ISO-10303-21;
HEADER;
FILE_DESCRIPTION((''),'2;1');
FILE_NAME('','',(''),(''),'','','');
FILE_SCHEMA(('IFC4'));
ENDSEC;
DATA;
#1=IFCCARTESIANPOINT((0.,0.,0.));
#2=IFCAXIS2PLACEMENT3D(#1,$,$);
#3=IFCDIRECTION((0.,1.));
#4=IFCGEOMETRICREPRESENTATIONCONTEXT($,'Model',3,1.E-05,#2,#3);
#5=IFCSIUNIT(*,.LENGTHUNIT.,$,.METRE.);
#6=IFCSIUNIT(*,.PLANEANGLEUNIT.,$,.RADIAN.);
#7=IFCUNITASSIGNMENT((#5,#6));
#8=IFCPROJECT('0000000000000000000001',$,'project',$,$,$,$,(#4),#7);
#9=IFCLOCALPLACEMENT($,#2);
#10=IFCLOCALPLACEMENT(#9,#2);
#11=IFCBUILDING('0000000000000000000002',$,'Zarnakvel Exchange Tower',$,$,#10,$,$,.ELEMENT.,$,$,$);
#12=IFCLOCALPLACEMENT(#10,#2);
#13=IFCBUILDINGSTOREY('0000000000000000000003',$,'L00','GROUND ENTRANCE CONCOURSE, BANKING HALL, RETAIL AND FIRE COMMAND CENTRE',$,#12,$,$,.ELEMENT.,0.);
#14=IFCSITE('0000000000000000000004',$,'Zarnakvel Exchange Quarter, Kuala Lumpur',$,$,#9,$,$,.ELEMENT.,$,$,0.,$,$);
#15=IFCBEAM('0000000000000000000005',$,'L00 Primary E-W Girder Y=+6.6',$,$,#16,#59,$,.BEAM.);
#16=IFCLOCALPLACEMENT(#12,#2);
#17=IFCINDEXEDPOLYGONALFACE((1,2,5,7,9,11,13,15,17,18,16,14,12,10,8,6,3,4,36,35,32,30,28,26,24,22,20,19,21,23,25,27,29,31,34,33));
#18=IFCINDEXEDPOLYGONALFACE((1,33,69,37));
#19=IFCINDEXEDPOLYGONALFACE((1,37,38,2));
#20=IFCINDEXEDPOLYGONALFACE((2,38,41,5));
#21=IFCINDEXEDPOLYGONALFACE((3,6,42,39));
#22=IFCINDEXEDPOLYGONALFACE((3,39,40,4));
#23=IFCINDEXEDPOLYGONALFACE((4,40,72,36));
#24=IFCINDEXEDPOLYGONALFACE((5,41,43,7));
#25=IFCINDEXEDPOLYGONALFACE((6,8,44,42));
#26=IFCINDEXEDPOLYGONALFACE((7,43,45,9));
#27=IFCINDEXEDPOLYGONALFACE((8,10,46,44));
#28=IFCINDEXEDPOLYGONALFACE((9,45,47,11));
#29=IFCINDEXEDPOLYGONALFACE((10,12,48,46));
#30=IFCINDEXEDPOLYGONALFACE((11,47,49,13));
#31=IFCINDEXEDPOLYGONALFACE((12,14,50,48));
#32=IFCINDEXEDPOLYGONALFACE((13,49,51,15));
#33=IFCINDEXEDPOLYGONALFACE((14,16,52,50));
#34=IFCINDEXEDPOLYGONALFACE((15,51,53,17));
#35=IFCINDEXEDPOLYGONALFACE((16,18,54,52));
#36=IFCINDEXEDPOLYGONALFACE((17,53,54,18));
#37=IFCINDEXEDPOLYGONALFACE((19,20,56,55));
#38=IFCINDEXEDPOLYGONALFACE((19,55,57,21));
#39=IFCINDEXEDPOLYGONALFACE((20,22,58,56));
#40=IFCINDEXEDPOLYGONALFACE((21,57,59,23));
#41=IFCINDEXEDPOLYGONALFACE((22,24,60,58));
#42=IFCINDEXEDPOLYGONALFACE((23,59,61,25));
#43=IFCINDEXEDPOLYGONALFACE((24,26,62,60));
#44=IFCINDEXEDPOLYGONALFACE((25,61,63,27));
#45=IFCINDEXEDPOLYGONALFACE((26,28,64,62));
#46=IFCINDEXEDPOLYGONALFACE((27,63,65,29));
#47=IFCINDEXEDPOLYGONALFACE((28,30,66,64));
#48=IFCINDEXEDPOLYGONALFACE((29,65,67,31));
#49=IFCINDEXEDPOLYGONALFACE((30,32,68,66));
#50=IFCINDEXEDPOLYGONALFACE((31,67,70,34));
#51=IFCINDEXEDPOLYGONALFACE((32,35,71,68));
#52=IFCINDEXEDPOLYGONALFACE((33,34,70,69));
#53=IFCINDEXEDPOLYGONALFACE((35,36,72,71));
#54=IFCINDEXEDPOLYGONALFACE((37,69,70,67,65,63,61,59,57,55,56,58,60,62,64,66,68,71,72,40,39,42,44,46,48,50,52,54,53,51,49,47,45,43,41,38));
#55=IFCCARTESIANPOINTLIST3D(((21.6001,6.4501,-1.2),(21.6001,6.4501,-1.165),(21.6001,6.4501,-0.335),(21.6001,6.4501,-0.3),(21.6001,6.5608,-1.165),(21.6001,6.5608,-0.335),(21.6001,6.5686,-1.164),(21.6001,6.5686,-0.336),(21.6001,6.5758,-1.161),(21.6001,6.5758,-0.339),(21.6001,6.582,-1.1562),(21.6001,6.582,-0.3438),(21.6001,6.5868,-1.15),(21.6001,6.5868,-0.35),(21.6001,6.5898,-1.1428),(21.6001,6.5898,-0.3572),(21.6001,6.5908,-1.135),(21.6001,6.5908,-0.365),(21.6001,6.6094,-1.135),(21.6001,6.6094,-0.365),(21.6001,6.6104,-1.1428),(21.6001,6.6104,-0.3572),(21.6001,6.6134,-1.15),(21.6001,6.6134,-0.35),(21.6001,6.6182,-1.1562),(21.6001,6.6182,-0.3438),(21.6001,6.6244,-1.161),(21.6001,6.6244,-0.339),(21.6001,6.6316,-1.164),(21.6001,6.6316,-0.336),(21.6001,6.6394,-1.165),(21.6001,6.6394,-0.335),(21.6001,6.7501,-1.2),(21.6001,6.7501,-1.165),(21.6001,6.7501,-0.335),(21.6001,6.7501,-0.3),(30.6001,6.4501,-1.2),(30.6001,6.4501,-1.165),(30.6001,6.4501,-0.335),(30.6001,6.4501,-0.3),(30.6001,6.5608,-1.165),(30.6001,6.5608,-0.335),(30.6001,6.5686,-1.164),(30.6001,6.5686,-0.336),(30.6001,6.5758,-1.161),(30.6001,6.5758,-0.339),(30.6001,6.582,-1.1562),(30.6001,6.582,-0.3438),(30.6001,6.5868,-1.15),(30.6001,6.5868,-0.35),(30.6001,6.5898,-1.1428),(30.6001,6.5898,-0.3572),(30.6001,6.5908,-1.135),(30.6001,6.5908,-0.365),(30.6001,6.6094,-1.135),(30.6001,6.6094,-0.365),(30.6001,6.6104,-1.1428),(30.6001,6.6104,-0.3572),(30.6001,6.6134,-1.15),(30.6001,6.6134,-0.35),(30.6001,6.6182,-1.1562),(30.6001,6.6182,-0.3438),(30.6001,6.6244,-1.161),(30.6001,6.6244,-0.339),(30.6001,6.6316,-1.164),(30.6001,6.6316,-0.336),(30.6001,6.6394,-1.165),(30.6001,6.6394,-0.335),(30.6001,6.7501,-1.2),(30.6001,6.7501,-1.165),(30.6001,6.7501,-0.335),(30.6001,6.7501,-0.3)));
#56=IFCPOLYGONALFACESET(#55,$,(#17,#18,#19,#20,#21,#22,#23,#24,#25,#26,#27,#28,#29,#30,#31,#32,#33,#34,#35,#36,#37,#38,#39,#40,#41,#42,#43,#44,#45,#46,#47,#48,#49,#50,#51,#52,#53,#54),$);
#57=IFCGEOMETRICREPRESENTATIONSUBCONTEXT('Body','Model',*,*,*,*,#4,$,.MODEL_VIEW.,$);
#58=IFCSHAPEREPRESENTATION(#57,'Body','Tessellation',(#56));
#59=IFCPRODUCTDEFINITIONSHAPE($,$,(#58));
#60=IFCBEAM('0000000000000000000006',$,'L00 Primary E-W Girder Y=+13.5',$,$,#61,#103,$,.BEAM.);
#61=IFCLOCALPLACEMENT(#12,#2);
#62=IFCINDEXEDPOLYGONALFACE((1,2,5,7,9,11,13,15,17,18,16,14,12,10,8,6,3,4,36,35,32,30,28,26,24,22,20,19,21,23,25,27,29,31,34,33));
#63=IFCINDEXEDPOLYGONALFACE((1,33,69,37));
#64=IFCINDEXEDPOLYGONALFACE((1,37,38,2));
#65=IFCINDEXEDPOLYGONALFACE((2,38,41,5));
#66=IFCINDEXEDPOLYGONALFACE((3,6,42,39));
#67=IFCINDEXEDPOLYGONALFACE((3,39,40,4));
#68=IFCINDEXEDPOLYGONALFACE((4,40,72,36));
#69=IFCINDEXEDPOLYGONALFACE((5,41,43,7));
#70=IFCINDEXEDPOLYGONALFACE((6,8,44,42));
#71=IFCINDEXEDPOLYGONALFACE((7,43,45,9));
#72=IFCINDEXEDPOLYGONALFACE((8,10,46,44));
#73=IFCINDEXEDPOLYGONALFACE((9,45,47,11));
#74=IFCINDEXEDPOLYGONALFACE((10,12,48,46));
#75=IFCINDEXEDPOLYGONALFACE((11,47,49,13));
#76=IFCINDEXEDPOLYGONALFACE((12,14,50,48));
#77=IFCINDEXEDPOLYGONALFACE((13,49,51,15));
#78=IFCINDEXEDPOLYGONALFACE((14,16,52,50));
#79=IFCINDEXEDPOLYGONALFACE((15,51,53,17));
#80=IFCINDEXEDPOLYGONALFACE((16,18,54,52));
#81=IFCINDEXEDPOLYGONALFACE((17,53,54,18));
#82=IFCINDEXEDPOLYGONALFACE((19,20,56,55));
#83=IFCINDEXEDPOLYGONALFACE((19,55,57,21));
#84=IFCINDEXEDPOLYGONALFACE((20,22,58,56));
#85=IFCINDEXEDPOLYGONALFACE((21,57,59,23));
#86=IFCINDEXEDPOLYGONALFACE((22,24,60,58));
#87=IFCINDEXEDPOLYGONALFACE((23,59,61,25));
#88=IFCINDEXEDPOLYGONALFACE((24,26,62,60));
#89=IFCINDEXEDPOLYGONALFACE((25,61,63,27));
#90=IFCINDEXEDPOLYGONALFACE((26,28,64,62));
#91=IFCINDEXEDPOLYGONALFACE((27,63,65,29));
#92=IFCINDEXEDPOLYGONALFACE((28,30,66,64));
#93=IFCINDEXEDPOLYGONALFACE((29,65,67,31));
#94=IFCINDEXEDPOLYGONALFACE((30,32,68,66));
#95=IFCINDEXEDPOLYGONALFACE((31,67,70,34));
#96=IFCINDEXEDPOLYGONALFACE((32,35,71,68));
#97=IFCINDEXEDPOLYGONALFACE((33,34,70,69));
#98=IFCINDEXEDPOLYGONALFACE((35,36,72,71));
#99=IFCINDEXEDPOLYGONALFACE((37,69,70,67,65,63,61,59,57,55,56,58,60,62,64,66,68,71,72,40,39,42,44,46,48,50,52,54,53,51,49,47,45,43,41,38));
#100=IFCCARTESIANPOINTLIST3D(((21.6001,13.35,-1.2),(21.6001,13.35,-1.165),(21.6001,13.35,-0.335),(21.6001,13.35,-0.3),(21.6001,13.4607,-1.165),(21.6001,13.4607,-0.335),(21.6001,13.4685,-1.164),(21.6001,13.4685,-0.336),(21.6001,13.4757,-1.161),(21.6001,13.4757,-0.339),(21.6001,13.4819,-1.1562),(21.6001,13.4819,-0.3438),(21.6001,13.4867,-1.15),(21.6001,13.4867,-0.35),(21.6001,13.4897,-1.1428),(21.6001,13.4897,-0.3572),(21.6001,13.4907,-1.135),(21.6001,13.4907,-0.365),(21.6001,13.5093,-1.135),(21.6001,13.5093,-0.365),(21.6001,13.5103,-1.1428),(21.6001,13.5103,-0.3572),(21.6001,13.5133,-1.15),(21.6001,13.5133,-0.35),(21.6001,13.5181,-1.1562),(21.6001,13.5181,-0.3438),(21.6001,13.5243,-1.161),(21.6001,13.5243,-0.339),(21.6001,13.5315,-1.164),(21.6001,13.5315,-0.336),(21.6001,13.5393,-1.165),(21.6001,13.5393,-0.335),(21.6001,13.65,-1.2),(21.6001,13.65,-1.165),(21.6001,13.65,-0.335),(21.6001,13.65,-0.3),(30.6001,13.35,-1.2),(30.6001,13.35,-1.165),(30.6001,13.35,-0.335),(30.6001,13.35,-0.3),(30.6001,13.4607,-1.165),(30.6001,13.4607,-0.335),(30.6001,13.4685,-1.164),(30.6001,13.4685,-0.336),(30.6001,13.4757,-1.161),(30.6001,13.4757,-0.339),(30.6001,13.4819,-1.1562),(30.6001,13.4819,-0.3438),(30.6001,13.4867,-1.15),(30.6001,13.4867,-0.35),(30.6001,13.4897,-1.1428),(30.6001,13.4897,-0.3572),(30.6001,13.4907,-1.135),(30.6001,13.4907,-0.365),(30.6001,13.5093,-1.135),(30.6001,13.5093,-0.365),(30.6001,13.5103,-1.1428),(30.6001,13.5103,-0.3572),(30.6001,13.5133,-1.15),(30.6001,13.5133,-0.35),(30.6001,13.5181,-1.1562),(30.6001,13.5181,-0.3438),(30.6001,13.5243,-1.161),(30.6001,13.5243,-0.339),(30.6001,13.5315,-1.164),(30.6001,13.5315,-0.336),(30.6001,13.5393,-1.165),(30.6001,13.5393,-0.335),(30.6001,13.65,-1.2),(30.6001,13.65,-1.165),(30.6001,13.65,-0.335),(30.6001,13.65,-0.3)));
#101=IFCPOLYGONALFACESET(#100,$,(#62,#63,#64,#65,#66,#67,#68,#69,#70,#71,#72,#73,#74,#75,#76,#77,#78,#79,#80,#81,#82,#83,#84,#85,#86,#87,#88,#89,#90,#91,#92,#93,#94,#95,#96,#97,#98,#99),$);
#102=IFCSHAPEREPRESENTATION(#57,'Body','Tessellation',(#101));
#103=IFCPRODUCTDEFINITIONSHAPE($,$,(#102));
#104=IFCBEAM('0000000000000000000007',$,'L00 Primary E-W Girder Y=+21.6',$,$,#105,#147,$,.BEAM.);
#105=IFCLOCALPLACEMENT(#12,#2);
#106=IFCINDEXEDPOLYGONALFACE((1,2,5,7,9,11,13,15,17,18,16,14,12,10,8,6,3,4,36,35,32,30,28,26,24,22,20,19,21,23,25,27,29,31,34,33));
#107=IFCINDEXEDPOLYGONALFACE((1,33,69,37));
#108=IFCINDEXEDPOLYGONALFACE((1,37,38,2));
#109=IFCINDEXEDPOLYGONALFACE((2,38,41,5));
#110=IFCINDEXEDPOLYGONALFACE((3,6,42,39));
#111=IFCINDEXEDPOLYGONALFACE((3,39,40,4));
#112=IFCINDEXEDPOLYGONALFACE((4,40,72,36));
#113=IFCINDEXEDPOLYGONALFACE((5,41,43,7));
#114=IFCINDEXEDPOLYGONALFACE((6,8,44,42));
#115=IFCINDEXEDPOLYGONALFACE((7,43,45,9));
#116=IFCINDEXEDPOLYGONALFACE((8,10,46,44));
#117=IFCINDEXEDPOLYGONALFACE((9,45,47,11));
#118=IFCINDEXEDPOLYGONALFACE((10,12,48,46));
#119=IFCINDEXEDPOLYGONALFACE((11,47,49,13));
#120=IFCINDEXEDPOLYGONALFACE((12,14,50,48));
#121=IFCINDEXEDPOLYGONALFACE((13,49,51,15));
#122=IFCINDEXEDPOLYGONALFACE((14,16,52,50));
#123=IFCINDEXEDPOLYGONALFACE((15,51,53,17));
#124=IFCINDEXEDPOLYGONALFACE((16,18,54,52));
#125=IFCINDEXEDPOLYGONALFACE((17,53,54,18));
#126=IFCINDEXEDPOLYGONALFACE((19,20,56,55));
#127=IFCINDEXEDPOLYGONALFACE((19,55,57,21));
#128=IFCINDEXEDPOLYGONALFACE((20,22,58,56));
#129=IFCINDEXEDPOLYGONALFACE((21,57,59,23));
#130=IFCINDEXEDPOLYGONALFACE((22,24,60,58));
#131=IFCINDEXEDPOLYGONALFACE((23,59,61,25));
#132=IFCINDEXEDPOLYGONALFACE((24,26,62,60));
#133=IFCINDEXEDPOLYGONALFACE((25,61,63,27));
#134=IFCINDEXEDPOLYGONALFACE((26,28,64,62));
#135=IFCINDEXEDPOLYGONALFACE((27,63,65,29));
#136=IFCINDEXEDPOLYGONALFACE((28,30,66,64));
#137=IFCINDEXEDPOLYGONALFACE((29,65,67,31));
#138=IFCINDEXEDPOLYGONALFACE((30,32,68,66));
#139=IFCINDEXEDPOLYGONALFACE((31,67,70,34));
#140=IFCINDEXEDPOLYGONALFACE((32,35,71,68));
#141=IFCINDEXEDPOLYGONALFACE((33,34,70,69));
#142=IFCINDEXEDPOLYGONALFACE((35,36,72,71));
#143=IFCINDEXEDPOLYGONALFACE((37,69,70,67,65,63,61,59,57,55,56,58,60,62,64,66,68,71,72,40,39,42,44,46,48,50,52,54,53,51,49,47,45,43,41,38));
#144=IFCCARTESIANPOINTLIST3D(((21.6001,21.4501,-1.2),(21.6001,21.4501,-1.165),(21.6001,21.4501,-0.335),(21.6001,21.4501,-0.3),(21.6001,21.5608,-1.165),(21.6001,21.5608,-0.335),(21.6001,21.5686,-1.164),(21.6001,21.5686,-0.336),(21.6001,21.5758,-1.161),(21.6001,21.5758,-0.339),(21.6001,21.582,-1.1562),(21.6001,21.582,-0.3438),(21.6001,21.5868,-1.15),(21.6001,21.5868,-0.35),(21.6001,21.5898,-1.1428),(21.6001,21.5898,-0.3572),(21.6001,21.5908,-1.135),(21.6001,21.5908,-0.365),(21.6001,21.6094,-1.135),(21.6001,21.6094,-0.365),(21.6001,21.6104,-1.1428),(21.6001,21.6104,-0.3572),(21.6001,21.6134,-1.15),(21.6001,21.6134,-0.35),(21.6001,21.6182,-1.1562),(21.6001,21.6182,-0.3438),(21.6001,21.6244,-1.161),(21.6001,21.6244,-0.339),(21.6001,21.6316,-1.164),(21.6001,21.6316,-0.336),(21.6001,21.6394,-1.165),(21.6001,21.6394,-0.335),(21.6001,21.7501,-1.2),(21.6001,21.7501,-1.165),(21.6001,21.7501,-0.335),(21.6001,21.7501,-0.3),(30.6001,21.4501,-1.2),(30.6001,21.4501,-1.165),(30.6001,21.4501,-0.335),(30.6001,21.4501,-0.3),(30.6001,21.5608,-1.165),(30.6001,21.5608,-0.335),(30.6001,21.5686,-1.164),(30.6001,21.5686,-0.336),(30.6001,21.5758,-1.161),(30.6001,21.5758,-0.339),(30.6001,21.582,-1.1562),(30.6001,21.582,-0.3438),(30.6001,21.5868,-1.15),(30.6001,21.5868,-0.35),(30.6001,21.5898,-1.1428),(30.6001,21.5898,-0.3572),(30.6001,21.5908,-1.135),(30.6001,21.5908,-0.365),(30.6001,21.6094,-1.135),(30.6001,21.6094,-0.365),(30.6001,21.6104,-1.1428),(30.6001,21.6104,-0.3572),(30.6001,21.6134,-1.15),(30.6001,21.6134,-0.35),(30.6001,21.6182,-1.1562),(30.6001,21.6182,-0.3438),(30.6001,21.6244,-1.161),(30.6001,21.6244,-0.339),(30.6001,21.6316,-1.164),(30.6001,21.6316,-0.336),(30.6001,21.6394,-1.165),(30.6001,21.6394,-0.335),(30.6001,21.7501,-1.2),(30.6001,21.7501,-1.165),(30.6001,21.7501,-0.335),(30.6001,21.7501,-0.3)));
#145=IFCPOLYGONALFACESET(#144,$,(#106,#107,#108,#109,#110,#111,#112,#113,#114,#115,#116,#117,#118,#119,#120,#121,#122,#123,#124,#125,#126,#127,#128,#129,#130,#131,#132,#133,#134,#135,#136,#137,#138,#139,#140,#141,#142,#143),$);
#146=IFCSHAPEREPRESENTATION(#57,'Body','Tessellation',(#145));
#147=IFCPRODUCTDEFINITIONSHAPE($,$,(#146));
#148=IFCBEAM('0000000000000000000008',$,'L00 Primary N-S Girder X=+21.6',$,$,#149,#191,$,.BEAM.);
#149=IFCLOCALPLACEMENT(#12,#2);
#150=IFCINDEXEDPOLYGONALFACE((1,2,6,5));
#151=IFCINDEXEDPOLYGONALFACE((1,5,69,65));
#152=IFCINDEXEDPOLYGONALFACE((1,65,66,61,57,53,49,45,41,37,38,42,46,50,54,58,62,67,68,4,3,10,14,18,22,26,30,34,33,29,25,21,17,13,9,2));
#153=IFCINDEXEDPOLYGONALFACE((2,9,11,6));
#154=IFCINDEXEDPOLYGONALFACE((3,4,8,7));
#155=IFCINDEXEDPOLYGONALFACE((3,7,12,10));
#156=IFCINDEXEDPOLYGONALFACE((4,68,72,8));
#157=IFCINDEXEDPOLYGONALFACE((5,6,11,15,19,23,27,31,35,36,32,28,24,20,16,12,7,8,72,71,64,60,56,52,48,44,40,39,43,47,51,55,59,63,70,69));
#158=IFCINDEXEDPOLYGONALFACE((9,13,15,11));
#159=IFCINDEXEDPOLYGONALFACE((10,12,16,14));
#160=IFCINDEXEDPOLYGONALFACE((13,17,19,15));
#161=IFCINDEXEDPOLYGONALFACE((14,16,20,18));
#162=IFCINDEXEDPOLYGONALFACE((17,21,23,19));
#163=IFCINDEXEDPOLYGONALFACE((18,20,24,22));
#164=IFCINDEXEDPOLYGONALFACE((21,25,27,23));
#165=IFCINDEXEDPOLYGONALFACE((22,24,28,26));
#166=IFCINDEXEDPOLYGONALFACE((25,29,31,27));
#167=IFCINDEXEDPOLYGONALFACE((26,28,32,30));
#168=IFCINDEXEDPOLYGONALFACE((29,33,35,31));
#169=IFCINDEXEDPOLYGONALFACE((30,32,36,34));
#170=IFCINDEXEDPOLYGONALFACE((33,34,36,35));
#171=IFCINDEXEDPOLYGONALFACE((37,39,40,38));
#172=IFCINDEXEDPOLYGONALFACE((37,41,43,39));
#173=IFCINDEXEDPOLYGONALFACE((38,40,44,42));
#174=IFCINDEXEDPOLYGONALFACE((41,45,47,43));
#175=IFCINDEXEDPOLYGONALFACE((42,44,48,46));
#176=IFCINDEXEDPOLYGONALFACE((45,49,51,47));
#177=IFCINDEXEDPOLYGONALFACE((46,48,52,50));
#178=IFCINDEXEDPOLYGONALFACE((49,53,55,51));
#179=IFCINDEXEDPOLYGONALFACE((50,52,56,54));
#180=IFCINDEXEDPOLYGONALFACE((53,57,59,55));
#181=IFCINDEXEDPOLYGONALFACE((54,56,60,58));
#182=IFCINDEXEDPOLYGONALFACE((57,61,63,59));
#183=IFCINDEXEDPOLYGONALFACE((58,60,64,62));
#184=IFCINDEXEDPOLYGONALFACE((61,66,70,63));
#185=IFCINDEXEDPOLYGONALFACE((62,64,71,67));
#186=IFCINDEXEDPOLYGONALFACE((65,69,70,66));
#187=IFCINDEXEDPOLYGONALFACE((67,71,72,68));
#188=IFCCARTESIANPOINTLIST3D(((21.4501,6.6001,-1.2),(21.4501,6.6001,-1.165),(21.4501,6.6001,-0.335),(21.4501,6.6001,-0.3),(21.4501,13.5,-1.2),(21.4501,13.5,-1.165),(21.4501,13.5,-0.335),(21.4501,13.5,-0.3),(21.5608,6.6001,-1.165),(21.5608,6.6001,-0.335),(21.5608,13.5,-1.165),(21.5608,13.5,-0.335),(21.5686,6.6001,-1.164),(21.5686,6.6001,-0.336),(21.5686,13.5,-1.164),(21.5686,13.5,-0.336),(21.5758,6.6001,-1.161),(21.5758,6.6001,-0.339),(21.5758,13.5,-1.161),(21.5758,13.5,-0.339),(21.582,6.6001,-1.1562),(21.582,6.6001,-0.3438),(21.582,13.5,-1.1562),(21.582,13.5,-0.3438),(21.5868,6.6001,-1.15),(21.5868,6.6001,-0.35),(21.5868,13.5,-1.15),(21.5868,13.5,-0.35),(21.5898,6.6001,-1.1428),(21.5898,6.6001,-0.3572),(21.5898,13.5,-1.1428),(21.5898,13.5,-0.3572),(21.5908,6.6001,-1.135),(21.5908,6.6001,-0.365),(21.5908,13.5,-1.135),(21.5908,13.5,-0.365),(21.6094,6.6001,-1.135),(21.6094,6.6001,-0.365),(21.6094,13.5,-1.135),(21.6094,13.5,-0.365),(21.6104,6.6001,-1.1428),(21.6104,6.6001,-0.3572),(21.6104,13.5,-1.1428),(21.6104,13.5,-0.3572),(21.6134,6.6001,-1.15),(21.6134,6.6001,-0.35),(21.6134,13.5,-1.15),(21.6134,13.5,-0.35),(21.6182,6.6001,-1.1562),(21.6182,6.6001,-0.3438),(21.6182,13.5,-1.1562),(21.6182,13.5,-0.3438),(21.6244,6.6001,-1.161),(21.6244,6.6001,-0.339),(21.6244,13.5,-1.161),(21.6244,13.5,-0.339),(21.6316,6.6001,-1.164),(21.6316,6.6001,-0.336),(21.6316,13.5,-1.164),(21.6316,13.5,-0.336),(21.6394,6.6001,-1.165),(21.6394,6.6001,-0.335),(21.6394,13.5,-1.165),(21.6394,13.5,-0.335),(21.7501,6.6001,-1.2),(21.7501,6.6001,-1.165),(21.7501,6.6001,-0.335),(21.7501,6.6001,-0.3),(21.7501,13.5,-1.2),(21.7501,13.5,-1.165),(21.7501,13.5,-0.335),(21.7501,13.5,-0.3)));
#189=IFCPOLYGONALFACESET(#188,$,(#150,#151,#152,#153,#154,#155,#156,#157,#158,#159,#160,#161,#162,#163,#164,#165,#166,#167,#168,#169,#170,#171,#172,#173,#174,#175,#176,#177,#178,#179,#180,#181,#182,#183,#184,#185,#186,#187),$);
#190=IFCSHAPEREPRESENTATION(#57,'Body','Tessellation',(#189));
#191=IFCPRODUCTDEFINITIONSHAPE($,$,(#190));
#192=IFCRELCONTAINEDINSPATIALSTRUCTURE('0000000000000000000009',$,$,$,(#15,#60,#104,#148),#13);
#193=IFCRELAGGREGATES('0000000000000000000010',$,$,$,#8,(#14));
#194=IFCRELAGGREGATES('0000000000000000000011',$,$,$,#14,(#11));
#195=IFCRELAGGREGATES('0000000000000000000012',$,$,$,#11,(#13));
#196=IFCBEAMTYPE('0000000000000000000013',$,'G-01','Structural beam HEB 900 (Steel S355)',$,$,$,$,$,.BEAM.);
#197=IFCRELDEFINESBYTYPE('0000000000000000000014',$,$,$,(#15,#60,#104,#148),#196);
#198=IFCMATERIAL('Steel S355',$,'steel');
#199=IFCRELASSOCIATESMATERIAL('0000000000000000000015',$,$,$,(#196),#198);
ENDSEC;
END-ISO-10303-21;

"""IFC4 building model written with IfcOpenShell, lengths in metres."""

from ifc_helpers import new_model, si_unit, direction, frame, origin, origin_2d, place, context, subcontext, project, spatial, i_section, extrude, material, material_profile, profile_set, type_object, element, save


model = new_model("IFC4")

# Units and contexts
model_context = context("Model", 3, precision=1e-05, world=origin(), true_north=direction((0.0, 1.0)))
body_context = subcontext(model_context, "Body", "Model", "MODEL_VIEW")
ifc_project = project(units=[si_unit("LENGTHUNIT", "METRE"), si_unit("PLANEANGLEUNIT", "RADIAN")], contexts=[model_context])

# Site, building, storey
site_placement = place(None, origin())
site = spatial("IfcSite", under=ifc_project, at=site_placement, Name="Zarnakvel Exchange Quarter, Kuala Lumpur", CompositionType="ELEMENT", RefElevation=0.0)
building_placement = place(site_placement, origin())
building = spatial("IfcBuilding", under=site, at=building_placement, Name="Zarnakvel Exchange Tower", CompositionType="ELEMENT")
storey_placement = place(building_placement, origin())
storey = spatial("IfcBuildingStorey", under=building, at=storey_placement, Name="L00", Description="GROUND ENTRANCE CONCOURSE, BANKING HALL, RETAIL AND FIRE COMMAND CENTRE", CompositionType="ELEMENT", Elevation=0.0)

# Beams
ifc_material_1 = material(Name="Steel S355", Category="steel")
ifc_material_profile_1 = material_profile(ifc_material_1, i_section(OverallWidth=0.3, OverallDepth=0.8999, WebThickness=0.0186, FlangeThickness=0.0349, FilletRadius=0.03, at=origin_2d()))
ifc_profile_set_1 = profile_set([ifc_material_profile_1], Name="Steel S355")
beam_type_1 = type_object("IfcBeamType", Name="G-01", Description="Structural beam HEB 900 (Steel S355)", PredefinedType="BEAM", material=ifc_profile_set_1)
for number, where, z_axis, x_axis, name in (
    (1, (21.6001, 6.6001, -0.75), (1.0, 0.0, 0.0), (0.0, 1.0, 0.0), "L00 Primary E-W Girder Y=+6.6"),
    (2, (21.6001, 13.5, -0.75), (1.0, 0.0, 0.0), (0.0, 1.0, 0.0), "L00 Primary E-W Girder Y=+13.5"),
    (3, (21.6001, 21.6001, -0.75), (1.0, 0.0, 0.0), (0.0, 1.0, 0.0), "L00 Primary E-W Girder Y=+21.6"),
):
    element("IfcBeam", number, at=place(storey_placement, frame(where, z_axis=z_axis, x_axis=x_axis)), inside=storey, type_object=beam_type_1, Name=name, PredefinedType="BEAM", context=body_context, shape_type="SweptSolid", body=[
        extrude(i_section(OverallWidth=0.3, OverallDepth=0.8999, WebThickness=0.0186, FlangeThickness=0.0349, FilletRadius=0.03, at=origin_2d()), origin(), (0.0, 0.0, 1.0), 9.0),
    ])
beam_1_placement = place(storey_placement, frame((21.6001, 6.6001, -0.75), z_axis=(0.0, 1.0, 0.0), x_axis=(-1.0, 0.0, 0.0)))
element("IfcBeam", 4, at=beam_1_placement, inside=storey, type_object=beam_type_1, Name="L00 Primary N-S Girder X=+21.6", PredefinedType="BEAM", context=body_context, shape_type="SweptSolid", body=[
    extrude(i_section(OverallWidth=0.3, OverallDepth=0.8999, WebThickness=0.0186, FlangeThickness=0.0349, FilletRadius=0.03, at=origin_2d()), origin(), (0.0, 0.0, 1.0), 6.8999),
])

save(model, "model.ifc")
